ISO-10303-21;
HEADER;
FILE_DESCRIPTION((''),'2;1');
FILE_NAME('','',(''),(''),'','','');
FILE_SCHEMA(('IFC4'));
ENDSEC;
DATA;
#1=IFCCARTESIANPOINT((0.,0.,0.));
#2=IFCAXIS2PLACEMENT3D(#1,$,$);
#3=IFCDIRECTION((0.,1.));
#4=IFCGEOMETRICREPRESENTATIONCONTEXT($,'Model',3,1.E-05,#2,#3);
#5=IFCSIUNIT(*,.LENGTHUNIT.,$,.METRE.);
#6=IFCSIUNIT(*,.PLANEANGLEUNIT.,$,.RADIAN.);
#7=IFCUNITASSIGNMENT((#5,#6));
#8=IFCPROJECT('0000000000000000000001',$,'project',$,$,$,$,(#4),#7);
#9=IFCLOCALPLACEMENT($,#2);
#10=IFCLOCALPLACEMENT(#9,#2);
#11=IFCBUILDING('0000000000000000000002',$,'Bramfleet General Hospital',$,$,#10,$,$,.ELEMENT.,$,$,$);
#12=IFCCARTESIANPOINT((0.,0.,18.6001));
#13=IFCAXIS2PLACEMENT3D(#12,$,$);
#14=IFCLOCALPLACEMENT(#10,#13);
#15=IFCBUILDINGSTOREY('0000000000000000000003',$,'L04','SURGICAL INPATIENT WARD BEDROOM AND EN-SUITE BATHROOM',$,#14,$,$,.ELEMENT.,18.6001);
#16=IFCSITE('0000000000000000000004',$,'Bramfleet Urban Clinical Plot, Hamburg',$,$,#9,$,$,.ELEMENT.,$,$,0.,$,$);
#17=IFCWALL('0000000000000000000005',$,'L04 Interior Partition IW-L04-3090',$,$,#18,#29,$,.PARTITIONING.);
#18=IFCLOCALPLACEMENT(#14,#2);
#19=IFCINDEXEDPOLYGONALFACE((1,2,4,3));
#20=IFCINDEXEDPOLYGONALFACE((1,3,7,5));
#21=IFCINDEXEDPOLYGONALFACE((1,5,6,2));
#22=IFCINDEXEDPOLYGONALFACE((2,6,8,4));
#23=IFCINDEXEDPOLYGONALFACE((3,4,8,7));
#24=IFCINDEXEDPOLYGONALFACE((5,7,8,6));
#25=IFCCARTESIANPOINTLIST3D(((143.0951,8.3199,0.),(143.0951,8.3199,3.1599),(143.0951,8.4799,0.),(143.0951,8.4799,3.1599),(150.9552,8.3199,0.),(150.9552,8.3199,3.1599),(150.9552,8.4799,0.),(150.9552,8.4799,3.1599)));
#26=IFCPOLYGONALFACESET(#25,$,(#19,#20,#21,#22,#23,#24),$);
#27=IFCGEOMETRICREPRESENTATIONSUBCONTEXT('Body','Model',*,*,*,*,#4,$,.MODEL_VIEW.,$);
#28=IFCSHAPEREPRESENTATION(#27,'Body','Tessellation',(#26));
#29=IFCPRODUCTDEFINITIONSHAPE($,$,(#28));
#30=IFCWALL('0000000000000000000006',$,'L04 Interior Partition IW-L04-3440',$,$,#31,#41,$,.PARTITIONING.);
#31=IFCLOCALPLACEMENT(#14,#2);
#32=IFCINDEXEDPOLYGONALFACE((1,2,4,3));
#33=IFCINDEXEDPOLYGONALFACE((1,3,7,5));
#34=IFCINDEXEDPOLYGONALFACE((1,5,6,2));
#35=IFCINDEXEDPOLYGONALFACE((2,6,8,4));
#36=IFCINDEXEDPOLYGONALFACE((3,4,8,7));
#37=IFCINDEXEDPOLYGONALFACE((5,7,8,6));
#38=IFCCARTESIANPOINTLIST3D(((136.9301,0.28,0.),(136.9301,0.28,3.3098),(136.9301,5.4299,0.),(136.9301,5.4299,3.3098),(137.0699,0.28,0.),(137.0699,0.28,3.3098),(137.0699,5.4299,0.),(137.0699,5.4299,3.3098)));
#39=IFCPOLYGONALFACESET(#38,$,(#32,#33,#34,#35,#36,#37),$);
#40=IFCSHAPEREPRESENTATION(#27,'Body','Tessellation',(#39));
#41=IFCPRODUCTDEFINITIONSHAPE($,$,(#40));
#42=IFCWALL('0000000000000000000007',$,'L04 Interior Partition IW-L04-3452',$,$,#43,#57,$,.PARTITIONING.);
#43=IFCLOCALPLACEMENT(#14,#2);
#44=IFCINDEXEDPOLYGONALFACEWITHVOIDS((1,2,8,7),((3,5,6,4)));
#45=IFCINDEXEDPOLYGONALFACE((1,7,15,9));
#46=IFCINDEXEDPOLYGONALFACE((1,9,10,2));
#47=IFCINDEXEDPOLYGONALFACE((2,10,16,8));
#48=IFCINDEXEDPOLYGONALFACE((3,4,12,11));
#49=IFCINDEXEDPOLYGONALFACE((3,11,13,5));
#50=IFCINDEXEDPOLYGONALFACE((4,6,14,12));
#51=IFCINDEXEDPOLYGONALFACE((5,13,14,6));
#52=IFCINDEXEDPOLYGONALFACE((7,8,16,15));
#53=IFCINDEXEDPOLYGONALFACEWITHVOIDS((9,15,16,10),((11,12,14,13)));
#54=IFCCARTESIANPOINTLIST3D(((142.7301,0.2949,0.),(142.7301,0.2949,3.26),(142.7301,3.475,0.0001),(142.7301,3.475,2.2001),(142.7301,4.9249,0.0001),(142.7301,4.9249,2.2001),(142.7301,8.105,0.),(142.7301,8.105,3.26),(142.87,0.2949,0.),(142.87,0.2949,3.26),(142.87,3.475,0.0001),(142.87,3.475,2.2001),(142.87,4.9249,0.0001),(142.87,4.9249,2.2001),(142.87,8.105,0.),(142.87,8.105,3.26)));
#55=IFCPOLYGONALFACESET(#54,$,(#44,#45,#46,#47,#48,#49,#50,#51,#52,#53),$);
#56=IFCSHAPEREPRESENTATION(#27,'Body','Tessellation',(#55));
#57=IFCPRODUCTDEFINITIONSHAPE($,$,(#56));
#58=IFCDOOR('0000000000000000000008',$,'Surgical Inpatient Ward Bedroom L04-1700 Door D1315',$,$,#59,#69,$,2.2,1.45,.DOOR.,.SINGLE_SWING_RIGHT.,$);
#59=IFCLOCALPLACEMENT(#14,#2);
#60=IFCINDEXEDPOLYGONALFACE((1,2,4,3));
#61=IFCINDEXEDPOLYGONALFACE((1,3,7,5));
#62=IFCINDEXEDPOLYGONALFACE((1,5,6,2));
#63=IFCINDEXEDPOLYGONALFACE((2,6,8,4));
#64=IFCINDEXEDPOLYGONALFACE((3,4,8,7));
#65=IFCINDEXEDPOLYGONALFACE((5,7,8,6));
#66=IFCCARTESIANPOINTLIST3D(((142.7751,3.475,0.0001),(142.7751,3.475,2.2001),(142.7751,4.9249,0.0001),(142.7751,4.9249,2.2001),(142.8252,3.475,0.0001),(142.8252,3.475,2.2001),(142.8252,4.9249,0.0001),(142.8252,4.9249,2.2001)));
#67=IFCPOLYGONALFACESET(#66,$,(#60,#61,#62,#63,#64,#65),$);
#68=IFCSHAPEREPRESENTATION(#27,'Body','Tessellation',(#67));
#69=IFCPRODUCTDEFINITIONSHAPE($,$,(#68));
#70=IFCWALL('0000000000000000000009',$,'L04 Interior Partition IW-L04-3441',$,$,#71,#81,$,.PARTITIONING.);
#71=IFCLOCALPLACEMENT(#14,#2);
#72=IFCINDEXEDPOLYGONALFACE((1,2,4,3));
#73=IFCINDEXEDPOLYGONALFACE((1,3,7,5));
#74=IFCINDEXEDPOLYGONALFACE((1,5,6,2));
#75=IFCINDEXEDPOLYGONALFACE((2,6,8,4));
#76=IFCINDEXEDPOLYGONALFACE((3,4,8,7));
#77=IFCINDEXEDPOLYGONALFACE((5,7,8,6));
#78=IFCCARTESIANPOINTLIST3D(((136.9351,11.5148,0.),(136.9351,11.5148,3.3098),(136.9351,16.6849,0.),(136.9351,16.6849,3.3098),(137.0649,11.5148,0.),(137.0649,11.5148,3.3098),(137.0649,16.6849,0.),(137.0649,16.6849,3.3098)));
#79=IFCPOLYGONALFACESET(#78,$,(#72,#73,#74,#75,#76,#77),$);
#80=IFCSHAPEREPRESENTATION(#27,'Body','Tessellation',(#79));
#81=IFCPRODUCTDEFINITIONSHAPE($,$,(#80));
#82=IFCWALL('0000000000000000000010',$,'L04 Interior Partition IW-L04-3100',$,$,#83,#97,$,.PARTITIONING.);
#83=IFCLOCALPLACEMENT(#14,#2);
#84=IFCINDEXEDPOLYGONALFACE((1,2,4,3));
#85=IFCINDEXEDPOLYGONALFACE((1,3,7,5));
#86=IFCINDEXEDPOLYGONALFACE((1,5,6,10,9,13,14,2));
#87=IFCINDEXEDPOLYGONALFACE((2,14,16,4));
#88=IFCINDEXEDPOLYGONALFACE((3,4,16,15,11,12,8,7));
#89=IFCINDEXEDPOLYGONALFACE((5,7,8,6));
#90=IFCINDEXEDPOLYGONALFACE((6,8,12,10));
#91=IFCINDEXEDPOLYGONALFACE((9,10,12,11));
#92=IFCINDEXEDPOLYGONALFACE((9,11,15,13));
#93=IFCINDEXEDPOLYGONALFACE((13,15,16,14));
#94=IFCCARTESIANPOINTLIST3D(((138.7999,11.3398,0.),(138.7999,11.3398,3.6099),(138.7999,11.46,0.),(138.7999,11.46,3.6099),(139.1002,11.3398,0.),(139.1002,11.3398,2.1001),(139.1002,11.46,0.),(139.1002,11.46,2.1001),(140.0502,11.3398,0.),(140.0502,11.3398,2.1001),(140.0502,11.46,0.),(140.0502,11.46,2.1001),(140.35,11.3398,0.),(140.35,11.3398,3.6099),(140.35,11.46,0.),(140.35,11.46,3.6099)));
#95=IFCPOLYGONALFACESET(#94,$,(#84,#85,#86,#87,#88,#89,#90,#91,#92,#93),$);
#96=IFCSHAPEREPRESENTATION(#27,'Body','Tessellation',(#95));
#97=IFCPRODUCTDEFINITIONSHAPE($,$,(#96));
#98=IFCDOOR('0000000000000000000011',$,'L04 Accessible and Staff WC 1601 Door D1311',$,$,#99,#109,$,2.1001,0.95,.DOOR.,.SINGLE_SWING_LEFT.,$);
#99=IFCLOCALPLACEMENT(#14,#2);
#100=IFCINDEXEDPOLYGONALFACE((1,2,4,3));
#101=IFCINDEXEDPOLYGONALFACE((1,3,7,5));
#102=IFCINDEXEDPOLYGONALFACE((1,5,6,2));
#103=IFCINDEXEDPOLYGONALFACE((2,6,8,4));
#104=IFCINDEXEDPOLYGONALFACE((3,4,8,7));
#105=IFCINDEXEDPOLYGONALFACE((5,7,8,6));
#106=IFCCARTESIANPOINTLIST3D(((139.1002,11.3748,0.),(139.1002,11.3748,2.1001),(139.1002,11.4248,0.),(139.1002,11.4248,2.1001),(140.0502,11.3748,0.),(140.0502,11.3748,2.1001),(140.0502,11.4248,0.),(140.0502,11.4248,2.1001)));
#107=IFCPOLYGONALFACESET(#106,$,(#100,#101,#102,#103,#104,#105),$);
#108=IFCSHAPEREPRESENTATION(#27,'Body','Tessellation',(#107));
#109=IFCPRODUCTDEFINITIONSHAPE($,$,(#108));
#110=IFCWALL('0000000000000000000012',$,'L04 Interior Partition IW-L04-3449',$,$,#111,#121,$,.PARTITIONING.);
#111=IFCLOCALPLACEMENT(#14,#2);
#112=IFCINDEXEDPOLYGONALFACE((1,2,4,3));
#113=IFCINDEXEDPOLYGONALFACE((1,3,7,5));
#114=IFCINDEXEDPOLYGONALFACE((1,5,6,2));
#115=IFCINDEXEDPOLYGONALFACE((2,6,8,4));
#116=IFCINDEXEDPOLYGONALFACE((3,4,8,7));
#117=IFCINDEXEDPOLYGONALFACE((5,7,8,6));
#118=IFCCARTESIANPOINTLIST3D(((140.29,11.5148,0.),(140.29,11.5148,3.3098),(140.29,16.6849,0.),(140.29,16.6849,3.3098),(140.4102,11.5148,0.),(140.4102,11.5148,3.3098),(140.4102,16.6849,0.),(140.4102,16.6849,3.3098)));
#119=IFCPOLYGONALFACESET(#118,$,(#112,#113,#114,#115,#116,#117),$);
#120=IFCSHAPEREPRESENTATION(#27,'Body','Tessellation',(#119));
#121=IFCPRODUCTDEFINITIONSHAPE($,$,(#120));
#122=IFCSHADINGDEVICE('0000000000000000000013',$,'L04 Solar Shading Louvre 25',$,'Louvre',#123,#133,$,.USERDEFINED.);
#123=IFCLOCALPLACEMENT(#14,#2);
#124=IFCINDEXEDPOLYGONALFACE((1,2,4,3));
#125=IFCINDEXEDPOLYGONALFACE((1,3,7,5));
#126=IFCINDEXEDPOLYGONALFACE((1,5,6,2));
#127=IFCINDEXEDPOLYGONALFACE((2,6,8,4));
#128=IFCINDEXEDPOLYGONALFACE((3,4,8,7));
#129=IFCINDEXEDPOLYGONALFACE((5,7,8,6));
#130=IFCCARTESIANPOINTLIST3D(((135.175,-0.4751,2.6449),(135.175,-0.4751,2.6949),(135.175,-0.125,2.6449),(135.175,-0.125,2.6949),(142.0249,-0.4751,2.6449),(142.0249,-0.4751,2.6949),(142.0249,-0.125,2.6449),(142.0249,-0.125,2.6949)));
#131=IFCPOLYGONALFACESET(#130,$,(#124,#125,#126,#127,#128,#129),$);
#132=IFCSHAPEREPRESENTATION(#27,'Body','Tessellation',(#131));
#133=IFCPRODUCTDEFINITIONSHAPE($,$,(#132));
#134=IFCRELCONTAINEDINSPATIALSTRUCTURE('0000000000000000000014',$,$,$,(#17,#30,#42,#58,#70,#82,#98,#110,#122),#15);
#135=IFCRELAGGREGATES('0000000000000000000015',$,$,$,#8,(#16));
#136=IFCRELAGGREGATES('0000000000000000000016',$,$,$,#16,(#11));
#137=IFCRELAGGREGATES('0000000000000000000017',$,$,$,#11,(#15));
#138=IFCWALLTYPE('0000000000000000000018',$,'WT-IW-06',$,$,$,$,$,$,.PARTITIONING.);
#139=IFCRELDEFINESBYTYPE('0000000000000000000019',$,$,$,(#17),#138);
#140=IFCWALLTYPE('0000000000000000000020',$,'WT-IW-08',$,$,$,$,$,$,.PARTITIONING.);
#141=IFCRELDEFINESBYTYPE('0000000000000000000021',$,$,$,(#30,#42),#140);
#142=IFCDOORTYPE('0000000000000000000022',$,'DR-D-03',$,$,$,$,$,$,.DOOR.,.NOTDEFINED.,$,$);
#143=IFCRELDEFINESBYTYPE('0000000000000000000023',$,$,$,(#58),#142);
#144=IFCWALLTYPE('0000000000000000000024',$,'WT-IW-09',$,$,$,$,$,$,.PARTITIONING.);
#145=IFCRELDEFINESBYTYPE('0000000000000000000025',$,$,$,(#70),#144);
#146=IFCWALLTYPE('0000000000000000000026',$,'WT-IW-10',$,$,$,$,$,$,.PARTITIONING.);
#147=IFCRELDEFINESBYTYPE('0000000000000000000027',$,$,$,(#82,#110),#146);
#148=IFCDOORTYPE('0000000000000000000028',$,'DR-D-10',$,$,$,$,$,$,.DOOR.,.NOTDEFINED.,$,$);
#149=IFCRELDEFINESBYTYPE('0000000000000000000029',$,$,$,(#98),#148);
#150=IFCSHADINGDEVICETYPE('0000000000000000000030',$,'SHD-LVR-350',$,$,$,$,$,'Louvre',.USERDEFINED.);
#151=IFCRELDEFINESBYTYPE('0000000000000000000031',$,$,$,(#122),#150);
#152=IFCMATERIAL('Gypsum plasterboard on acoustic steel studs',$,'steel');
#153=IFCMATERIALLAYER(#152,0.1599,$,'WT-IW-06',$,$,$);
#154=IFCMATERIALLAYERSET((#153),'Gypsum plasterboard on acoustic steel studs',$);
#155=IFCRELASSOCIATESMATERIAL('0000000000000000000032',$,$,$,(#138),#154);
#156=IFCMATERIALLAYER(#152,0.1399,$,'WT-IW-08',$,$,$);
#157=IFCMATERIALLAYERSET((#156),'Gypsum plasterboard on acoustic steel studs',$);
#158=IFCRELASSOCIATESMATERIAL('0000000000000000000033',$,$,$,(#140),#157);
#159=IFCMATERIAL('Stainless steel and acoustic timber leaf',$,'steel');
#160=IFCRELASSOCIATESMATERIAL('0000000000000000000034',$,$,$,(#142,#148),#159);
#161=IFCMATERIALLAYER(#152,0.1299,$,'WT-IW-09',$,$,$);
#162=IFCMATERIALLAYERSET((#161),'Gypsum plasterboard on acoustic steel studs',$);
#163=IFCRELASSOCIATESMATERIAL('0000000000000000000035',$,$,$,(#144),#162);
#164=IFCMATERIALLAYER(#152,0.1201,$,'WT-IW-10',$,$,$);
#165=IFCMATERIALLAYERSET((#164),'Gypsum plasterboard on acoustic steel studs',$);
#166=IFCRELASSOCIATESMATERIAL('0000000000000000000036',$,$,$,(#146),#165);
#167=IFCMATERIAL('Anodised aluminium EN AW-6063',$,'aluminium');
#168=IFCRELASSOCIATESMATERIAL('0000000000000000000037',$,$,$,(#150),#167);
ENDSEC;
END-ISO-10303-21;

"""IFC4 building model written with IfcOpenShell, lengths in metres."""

from ifc_helpers import new_model, si_unit, direction, frame, frame_2d, origin, origin_2d, place, context, subcontext, project, spatial, rectangle, extrude, material, layer, layer_set, material_profile, profile_set, type_object, element, fill, save


model = new_model("IFC4")

# Units and contexts
model_context = context("Model", 3, precision=1e-05, world=origin(), true_north=direction((0.0, 1.0)))
body_context = subcontext(model_context, "Body", "Model", "MODEL_VIEW")
ifc_project = project(units=[si_unit("LENGTHUNIT", "METRE"), si_unit("PLANEANGLEUNIT", "RADIAN")], contexts=[model_context])

# Site, building, storey
site_placement = place(None, origin())
site = spatial("IfcSite", under=ifc_project, at=site_placement, Name="Bramfleet Urban Clinical Plot, Hamburg", CompositionType="ELEMENT", RefElevation=0.0)
building_placement = place(site_placement, origin())
building = spatial("IfcBuilding", under=site, at=building_placement, Name="Bramfleet General Hospital", CompositionType="ELEMENT")
storey_placement = place(building_placement, frame((0.0, 0.0, 18.6001)))
storey = spatial("IfcBuildingStorey", under=building, at=storey_placement, Name="L04", Description="SURGICAL INPATIENT WARD BEDROOM AND EN-SUITE BATHROOM", CompositionType="ELEMENT", Elevation=18.6001)

# Shared definitions
ifc_material_1 = material(Name="Stainless steel and acoustic timber leaf", Category="steel")

# Shared definitions
ifc_material_2 = material(Name="Gypsum plasterboard on acoustic steel studs", Category="steel")

# Walls
ifc_layer_1 = layer(ifc_material_2, 0.1599, Name="WT-IW-06")
ifc_layer_set_1 = layer_set([ifc_layer_1], Name="Gypsum plasterboard on acoustic steel studs")
wall_type_1 = type_object("IfcWallType", Name="WT-IW-06", PredefinedType="PARTITIONING", material=ifc_layer_set_1)
wall_1_placement = place(storey_placement, frame((143.095, 8.3999, 0.0), z_axis=(0.0, 0.0, 1.0), x_axis=(1.0, 0.0, 0.0)))
element("IfcWall", 1, at=wall_1_placement, inside=storey, type_object=wall_type_1, Name="L04 Interior Partition IW-L04-3090", PredefinedType="PARTITIONING", context=body_context, shape_type="SweptSolid", body=[
    extrude(rectangle(XDim=7.8601, YDim=0.1599, at=frame_2d((3.9302, 0.0))), origin(), (0.0, 0.0, 1.0), 3.1599),
])
ifc_layer_2 = layer(ifc_material_2, 0.1399, Name="WT-IW-08")
ifc_layer_set_2 = layer_set([ifc_layer_2], Name="Gypsum plasterboard on acoustic steel studs")
wall_type_2 = type_object("IfcWallType", Name="WT-IW-08", PredefinedType="PARTITIONING", material=ifc_layer_set_2)
wall_2_placement = place(storey_placement, frame((137.0, 0.28, 0.0), z_axis=(0.0, 0.0, 1.0), x_axis=(0.0, 1.0, 0.0)))
element("IfcWall", 2, at=wall_2_placement, inside=storey, type_object=wall_type_2, Name="L04 Interior Partition IW-L04-3440", PredefinedType="PARTITIONING", context=body_context, shape_type="SweptSolid", body=[
    extrude(rectangle(XDim=5.1499, YDim=0.1399, at=frame_2d((2.575, 0.0))), origin(), (0.0, 0.0, 1.0), 3.3098),
])

# Wall, opening, door
wall_3_placement = place(storey_placement, frame((142.8, 0.2949, 0.0), z_axis=(0.0, 0.0, 1.0), x_axis=(0.0, 1.0, 0.0)))
wall_3 = element("IfcWall", 3, at=wall_3_placement, inside=storey, type_object=wall_type_2, Name="L04 Interior Partition IW-L04-3452", PredefinedType="PARTITIONING", context=body_context, shape_type="SweptSolid", body=[
    extrude(rectangle(XDim=7.8101, YDim=0.1399, at=frame_2d((3.905, 0.0))), origin(), (0.0, 0.0, 1.0), 3.26),
])
opening_1_placement = place(wall_3_placement, frame((3.1799, 0.0, 0.0)))
opening_1 = element("IfcOpeningElement", 4, at=opening_1_placement, cuts=wall_3, PredefinedType="OPENING", context=body_context, shape_type="SweptSolid", body=[
    extrude(rectangle(XDim=1.45, YDim=2.2, at=frame_2d((0.7251, 1.1001))), frame((0.0, 0.0798, 0.0), z_axis=(0.0, -1.0, 0.0), x_axis=(1.0, 0.0, 0.0)), (0.0, 0.0, 1.0), 0.1599),
])
door_type_1 = type_object("IfcDoorType", Name="DR-D-03", OperationType="NOTDEFINED", PredefinedType="DOOR", material=ifc_material_1)
door_1_placement = place(opening_1_placement, origin())
door_1 = element("IfcDoor", 5, at=door_1_placement, inside=storey, type_object=door_type_1, Name="Surgical Inpatient Ward Bedroom L04-1700 Door D1315", OperationType="SINGLE_SWING_RIGHT", OverallHeight=2.2, OverallWidth=1.45, PredefinedType="DOOR", context=body_context, shape_type="SweptSolid", body=[
    extrude(rectangle(XDim=1.45, YDim=2.2, at=frame_2d((0.7251, 1.1001))), frame((0.0, 0.0249, 0.0), z_axis=(0.0, -1.0, 0.0), x_axis=(1.0, 0.0, 0.0)), (0.0, 0.0, 1.0), 0.05),
])
fill(opening_1, door_1)

# Wall
ifc_layer_3 = layer(ifc_material_2, 0.1299, Name="WT-IW-09")
ifc_layer_set_3 = layer_set([ifc_layer_3], Name="Gypsum plasterboard on acoustic steel studs")
wall_type_3 = type_object("IfcWallType", Name="WT-IW-09", PredefinedType="PARTITIONING", material=ifc_layer_set_3)
wall_4_placement = place(storey_placement, frame((137.0, 11.5149, 0.0), z_axis=(0.0, 0.0, 1.0), x_axis=(0.0, 1.0, 0.0)))
element("IfcWall", 6, at=wall_4_placement, inside=storey, type_object=wall_type_3, Name="L04 Interior Partition IW-L04-3441", PredefinedType="PARTITIONING", context=body_context, shape_type="SweptSolid", body=[
    extrude(rectangle(XDim=5.1702, YDim=0.1299, at=frame_2d((2.585, 0.0))), origin(), (0.0, 0.0, 1.0), 3.3098),
])

# Wall, opening, door
ifc_layer_4 = layer(ifc_material_2, 0.1201, Name="WT-IW-10")
ifc_layer_set_4 = layer_set([ifc_layer_4], Name="Gypsum plasterboard on acoustic steel studs")
wall_type_4 = type_object("IfcWallType", Name="WT-IW-10", PredefinedType="PARTITIONING", material=ifc_layer_set_4)
wall_5_placement = place(storey_placement, frame((138.8, 11.3999, 0.0), z_axis=(0.0, 0.0, 1.0), x_axis=(1.0, 0.0, 0.0)))
wall_5 = element("IfcWall", 7, at=wall_5_placement, inside=storey, type_object=wall_type_4, Name="L04 Interior Partition IW-L04-3100", PredefinedType="PARTITIONING", context=body_context, shape_type="SweptSolid", body=[
    extrude(rectangle(XDim=1.55, YDim=0.1201, at=frame_2d((0.7749, 0.0))), origin(), (0.0, 0.0, 1.0), 3.6099),
])
opening_2_placement = place(wall_5_placement, frame((0.3, 0.0, 0.0)))
opening_2 = element("IfcOpeningElement", 8, at=opening_2_placement, cuts=wall_5, PredefinedType="OPENING", context=body_context, shape_type="SweptSolid", body=[
    extrude(rectangle(XDim=0.95, YDim=2.1001, at=frame_2d((0.4751, 1.05))), frame((0.0, 0.0701, 0.0), z_axis=(0.0, -1.0, 0.0), x_axis=(1.0, 0.0, 0.0)), (0.0, 0.0, 1.0), 0.1401),
])
door_type_2 = type_object("IfcDoorType", Name="DR-D-10", OperationType="NOTDEFINED", PredefinedType="DOOR", material=ifc_material_1)
door_2_placement = place(opening_2_placement, origin())
door_2 = element("IfcDoor", 9, at=door_2_placement, inside=storey, type_object=door_type_2, Name="L04 Accessible and Staff WC 1601 Door D1311", OperationType="SINGLE_SWING_LEFT", OverallHeight=2.1001, OverallWidth=0.95, PredefinedType="DOOR", context=body_context, shape_type="SweptSolid", body=[
    extrude(rectangle(XDim=0.95, YDim=2.1001, at=frame_2d((0.4751, 1.05))), frame((0.0, 0.0249, 0.0), z_axis=(0.0, -1.0, 0.0), x_axis=(1.0, 0.0, 0.0)), (0.0, 0.0, 1.0), 0.05),
])
fill(opening_2, door_2)

# Wall
wall_6_placement = place(storey_placement, frame((140.3501, 11.5149, 0.0), z_axis=(0.0, 0.0, 1.0), x_axis=(0.0, 1.0, 0.0)))
element("IfcWall", 10, at=wall_6_placement, inside=storey, type_object=wall_type_4, Name="L04 Interior Partition IW-L04-3449", PredefinedType="PARTITIONING", context=body_context, shape_type="SweptSolid", body=[
    extrude(rectangle(XDim=5.1702, YDim=0.1201, at=frame_2d((2.585, 0.0))), origin(), (0.0, 0.0, 1.0), 3.3098),
])

# Shading device
ifc_material_3 = material(Name="Anodised aluminium EN AW-6063", Category="aluminium")
ifc_material_profile_1 = material_profile(ifc_material_3, rectangle(XDim=0.05, YDim=0.3501, at=origin_2d()), Name="ALU LOUVRE 350x50")
ifc_profile_set_1 = profile_set([ifc_material_profile_1], Name="Anodised aluminium EN AW-6063")
shading_device_type = type_object("IfcShadingDeviceType", Name="SHD-LVR-350", ElementType="Louvre", PredefinedType="USERDEFINED", material=ifc_profile_set_1)
shading_device_placement = place(storey_placement, frame((142.0249, -0.3, 2.6699), z_axis=(-1.0, 0.0, 0.0), x_axis=(0.0, 0.0, 1.0)))
element("IfcShadingDevice", 11, at=shading_device_placement, inside=storey, type_object=shading_device_type, Name="L04 Solar Shading Louvre 25", ObjectType="Louvre", PredefinedType="USERDEFINED", context=body_context, shape_type="SweptSolid", body=[
    extrude(rectangle(XDim=0.05, YDim=0.3501, at=origin_2d()), origin(), (0.0, 0.0, 1.0), 6.8499),
])

save(model, "model.ifc")
